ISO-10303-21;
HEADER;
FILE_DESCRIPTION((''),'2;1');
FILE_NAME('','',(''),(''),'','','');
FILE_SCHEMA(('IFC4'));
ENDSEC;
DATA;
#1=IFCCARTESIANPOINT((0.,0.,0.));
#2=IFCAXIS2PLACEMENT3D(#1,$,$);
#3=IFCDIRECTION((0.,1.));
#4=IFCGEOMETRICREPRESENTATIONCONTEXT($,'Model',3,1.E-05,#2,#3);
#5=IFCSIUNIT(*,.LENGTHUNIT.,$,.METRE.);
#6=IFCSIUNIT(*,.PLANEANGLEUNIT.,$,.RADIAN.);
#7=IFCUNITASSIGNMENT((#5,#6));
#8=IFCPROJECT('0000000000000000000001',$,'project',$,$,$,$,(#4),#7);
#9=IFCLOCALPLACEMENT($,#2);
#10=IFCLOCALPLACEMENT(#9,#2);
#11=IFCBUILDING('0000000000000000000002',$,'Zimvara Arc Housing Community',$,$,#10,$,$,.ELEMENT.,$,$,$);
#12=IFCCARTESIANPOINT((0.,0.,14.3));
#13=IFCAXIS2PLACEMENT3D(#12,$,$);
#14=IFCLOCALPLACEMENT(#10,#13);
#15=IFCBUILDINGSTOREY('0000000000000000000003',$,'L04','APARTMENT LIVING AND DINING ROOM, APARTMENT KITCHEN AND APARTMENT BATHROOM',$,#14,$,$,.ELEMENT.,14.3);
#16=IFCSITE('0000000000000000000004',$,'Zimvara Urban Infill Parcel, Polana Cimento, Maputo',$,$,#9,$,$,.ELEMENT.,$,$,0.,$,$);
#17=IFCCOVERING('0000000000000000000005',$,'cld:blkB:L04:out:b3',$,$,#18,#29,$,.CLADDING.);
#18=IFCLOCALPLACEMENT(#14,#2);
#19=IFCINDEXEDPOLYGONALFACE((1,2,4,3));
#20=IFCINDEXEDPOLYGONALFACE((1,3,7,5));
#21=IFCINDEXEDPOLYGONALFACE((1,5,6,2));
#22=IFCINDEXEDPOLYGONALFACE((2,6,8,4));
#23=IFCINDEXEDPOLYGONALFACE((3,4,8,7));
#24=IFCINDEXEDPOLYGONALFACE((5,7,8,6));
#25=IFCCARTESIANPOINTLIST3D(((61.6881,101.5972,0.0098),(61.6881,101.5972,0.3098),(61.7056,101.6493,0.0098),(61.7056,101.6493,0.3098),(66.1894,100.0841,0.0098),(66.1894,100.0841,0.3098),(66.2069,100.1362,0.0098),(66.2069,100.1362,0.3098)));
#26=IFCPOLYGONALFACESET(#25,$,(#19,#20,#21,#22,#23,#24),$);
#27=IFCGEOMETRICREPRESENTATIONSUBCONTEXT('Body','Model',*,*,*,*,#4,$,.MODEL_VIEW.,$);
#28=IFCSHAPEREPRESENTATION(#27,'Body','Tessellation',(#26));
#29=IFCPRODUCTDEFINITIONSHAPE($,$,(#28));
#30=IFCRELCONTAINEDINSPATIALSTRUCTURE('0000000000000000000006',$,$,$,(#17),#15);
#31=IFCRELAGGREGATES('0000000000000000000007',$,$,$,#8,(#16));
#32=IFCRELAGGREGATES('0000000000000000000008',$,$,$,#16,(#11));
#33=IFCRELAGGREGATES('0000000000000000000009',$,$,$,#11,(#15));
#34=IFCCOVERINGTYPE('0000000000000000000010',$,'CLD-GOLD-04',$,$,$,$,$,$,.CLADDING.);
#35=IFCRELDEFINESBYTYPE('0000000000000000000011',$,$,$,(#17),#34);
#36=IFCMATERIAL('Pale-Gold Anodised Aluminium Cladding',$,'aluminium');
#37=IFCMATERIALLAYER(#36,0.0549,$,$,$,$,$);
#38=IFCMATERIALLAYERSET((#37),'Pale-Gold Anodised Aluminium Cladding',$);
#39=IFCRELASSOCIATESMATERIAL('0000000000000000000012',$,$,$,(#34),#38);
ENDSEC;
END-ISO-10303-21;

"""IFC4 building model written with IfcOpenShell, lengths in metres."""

from ifc_helpers import new_model, si_unit, direction, frame, origin, origin_2d, place, context, subcontext, project, spatial, rectangle, extrude, material, layer, layer_set, type_object, element, save


model = new_model("IFC4")

# Units and contexts
model_context = context("Model", 3, precision=1e-05, world=origin(), true_north=direction((0.0, 1.0)))
body_context = subcontext(model_context, "Body", "Model", "MODEL_VIEW")
ifc_project = project(units=[si_unit("LENGTHUNIT", "METRE"), si_unit("PLANEANGLEUNIT", "RADIAN")], contexts=[model_context])

# Site, building, storey
site_placement = place(None, origin())
site = spatial("IfcSite", under=ifc_project, at=site_placement, Name="Zimvara Urban Infill Parcel, Polana Cimento, Maputo", CompositionType="ELEMENT", RefElevation=0.0)
building_placement = place(site_placement, origin())
building = spatial("IfcBuilding", under=site, at=building_placement, Name="Zimvara Arc Housing Community", CompositionType="ELEMENT")
storey_placement = place(building_placement, frame((0.0, 0.0, 14.3)))
storey = spatial("IfcBuildingStorey", under=building, at=storey_placement, Name="L04", Description="APARTMENT LIVING AND DINING ROOM, APARTMENT KITCHEN AND APARTMENT BATHROOM", CompositionType="ELEMENT", Elevation=14.3)

# Covering
ifc_material_1 = material(Name="Pale-Gold Anodised Aluminium Cladding", Category="aluminium")
ifc_layer_1 = layer(ifc_material_1, 0.0549)
ifc_layer_set_1 = layer_set([ifc_layer_1], Name="Pale-Gold Anodised Aluminium Cladding")
covering_type = type_object("IfcCoveringType", Name="CLD-GOLD-04", PredefinedType="CLADDING", material=ifc_layer_set_1)
covering_placement = place(storey_placement, frame((63.9475, 100.8667, 0.0098), z_axis=(0.0, 0.0, 1.0), x_axis=(0.94788, -0.318628, 0.0)))
element("IfcCovering", 1, at=covering_placement, inside=storey, type_object=covering_type, Name="cld:blkB:L04:out:b3", PredefinedType="CLADDING", context=body_context, shape_type="SweptSolid", body=[
    extrude(rectangle(XDim=4.7488, YDim=0.0549, at=origin_2d()), origin(), (0.0, 0.0, 1.0), 0.3),
])

save(model, "model.ifc")
